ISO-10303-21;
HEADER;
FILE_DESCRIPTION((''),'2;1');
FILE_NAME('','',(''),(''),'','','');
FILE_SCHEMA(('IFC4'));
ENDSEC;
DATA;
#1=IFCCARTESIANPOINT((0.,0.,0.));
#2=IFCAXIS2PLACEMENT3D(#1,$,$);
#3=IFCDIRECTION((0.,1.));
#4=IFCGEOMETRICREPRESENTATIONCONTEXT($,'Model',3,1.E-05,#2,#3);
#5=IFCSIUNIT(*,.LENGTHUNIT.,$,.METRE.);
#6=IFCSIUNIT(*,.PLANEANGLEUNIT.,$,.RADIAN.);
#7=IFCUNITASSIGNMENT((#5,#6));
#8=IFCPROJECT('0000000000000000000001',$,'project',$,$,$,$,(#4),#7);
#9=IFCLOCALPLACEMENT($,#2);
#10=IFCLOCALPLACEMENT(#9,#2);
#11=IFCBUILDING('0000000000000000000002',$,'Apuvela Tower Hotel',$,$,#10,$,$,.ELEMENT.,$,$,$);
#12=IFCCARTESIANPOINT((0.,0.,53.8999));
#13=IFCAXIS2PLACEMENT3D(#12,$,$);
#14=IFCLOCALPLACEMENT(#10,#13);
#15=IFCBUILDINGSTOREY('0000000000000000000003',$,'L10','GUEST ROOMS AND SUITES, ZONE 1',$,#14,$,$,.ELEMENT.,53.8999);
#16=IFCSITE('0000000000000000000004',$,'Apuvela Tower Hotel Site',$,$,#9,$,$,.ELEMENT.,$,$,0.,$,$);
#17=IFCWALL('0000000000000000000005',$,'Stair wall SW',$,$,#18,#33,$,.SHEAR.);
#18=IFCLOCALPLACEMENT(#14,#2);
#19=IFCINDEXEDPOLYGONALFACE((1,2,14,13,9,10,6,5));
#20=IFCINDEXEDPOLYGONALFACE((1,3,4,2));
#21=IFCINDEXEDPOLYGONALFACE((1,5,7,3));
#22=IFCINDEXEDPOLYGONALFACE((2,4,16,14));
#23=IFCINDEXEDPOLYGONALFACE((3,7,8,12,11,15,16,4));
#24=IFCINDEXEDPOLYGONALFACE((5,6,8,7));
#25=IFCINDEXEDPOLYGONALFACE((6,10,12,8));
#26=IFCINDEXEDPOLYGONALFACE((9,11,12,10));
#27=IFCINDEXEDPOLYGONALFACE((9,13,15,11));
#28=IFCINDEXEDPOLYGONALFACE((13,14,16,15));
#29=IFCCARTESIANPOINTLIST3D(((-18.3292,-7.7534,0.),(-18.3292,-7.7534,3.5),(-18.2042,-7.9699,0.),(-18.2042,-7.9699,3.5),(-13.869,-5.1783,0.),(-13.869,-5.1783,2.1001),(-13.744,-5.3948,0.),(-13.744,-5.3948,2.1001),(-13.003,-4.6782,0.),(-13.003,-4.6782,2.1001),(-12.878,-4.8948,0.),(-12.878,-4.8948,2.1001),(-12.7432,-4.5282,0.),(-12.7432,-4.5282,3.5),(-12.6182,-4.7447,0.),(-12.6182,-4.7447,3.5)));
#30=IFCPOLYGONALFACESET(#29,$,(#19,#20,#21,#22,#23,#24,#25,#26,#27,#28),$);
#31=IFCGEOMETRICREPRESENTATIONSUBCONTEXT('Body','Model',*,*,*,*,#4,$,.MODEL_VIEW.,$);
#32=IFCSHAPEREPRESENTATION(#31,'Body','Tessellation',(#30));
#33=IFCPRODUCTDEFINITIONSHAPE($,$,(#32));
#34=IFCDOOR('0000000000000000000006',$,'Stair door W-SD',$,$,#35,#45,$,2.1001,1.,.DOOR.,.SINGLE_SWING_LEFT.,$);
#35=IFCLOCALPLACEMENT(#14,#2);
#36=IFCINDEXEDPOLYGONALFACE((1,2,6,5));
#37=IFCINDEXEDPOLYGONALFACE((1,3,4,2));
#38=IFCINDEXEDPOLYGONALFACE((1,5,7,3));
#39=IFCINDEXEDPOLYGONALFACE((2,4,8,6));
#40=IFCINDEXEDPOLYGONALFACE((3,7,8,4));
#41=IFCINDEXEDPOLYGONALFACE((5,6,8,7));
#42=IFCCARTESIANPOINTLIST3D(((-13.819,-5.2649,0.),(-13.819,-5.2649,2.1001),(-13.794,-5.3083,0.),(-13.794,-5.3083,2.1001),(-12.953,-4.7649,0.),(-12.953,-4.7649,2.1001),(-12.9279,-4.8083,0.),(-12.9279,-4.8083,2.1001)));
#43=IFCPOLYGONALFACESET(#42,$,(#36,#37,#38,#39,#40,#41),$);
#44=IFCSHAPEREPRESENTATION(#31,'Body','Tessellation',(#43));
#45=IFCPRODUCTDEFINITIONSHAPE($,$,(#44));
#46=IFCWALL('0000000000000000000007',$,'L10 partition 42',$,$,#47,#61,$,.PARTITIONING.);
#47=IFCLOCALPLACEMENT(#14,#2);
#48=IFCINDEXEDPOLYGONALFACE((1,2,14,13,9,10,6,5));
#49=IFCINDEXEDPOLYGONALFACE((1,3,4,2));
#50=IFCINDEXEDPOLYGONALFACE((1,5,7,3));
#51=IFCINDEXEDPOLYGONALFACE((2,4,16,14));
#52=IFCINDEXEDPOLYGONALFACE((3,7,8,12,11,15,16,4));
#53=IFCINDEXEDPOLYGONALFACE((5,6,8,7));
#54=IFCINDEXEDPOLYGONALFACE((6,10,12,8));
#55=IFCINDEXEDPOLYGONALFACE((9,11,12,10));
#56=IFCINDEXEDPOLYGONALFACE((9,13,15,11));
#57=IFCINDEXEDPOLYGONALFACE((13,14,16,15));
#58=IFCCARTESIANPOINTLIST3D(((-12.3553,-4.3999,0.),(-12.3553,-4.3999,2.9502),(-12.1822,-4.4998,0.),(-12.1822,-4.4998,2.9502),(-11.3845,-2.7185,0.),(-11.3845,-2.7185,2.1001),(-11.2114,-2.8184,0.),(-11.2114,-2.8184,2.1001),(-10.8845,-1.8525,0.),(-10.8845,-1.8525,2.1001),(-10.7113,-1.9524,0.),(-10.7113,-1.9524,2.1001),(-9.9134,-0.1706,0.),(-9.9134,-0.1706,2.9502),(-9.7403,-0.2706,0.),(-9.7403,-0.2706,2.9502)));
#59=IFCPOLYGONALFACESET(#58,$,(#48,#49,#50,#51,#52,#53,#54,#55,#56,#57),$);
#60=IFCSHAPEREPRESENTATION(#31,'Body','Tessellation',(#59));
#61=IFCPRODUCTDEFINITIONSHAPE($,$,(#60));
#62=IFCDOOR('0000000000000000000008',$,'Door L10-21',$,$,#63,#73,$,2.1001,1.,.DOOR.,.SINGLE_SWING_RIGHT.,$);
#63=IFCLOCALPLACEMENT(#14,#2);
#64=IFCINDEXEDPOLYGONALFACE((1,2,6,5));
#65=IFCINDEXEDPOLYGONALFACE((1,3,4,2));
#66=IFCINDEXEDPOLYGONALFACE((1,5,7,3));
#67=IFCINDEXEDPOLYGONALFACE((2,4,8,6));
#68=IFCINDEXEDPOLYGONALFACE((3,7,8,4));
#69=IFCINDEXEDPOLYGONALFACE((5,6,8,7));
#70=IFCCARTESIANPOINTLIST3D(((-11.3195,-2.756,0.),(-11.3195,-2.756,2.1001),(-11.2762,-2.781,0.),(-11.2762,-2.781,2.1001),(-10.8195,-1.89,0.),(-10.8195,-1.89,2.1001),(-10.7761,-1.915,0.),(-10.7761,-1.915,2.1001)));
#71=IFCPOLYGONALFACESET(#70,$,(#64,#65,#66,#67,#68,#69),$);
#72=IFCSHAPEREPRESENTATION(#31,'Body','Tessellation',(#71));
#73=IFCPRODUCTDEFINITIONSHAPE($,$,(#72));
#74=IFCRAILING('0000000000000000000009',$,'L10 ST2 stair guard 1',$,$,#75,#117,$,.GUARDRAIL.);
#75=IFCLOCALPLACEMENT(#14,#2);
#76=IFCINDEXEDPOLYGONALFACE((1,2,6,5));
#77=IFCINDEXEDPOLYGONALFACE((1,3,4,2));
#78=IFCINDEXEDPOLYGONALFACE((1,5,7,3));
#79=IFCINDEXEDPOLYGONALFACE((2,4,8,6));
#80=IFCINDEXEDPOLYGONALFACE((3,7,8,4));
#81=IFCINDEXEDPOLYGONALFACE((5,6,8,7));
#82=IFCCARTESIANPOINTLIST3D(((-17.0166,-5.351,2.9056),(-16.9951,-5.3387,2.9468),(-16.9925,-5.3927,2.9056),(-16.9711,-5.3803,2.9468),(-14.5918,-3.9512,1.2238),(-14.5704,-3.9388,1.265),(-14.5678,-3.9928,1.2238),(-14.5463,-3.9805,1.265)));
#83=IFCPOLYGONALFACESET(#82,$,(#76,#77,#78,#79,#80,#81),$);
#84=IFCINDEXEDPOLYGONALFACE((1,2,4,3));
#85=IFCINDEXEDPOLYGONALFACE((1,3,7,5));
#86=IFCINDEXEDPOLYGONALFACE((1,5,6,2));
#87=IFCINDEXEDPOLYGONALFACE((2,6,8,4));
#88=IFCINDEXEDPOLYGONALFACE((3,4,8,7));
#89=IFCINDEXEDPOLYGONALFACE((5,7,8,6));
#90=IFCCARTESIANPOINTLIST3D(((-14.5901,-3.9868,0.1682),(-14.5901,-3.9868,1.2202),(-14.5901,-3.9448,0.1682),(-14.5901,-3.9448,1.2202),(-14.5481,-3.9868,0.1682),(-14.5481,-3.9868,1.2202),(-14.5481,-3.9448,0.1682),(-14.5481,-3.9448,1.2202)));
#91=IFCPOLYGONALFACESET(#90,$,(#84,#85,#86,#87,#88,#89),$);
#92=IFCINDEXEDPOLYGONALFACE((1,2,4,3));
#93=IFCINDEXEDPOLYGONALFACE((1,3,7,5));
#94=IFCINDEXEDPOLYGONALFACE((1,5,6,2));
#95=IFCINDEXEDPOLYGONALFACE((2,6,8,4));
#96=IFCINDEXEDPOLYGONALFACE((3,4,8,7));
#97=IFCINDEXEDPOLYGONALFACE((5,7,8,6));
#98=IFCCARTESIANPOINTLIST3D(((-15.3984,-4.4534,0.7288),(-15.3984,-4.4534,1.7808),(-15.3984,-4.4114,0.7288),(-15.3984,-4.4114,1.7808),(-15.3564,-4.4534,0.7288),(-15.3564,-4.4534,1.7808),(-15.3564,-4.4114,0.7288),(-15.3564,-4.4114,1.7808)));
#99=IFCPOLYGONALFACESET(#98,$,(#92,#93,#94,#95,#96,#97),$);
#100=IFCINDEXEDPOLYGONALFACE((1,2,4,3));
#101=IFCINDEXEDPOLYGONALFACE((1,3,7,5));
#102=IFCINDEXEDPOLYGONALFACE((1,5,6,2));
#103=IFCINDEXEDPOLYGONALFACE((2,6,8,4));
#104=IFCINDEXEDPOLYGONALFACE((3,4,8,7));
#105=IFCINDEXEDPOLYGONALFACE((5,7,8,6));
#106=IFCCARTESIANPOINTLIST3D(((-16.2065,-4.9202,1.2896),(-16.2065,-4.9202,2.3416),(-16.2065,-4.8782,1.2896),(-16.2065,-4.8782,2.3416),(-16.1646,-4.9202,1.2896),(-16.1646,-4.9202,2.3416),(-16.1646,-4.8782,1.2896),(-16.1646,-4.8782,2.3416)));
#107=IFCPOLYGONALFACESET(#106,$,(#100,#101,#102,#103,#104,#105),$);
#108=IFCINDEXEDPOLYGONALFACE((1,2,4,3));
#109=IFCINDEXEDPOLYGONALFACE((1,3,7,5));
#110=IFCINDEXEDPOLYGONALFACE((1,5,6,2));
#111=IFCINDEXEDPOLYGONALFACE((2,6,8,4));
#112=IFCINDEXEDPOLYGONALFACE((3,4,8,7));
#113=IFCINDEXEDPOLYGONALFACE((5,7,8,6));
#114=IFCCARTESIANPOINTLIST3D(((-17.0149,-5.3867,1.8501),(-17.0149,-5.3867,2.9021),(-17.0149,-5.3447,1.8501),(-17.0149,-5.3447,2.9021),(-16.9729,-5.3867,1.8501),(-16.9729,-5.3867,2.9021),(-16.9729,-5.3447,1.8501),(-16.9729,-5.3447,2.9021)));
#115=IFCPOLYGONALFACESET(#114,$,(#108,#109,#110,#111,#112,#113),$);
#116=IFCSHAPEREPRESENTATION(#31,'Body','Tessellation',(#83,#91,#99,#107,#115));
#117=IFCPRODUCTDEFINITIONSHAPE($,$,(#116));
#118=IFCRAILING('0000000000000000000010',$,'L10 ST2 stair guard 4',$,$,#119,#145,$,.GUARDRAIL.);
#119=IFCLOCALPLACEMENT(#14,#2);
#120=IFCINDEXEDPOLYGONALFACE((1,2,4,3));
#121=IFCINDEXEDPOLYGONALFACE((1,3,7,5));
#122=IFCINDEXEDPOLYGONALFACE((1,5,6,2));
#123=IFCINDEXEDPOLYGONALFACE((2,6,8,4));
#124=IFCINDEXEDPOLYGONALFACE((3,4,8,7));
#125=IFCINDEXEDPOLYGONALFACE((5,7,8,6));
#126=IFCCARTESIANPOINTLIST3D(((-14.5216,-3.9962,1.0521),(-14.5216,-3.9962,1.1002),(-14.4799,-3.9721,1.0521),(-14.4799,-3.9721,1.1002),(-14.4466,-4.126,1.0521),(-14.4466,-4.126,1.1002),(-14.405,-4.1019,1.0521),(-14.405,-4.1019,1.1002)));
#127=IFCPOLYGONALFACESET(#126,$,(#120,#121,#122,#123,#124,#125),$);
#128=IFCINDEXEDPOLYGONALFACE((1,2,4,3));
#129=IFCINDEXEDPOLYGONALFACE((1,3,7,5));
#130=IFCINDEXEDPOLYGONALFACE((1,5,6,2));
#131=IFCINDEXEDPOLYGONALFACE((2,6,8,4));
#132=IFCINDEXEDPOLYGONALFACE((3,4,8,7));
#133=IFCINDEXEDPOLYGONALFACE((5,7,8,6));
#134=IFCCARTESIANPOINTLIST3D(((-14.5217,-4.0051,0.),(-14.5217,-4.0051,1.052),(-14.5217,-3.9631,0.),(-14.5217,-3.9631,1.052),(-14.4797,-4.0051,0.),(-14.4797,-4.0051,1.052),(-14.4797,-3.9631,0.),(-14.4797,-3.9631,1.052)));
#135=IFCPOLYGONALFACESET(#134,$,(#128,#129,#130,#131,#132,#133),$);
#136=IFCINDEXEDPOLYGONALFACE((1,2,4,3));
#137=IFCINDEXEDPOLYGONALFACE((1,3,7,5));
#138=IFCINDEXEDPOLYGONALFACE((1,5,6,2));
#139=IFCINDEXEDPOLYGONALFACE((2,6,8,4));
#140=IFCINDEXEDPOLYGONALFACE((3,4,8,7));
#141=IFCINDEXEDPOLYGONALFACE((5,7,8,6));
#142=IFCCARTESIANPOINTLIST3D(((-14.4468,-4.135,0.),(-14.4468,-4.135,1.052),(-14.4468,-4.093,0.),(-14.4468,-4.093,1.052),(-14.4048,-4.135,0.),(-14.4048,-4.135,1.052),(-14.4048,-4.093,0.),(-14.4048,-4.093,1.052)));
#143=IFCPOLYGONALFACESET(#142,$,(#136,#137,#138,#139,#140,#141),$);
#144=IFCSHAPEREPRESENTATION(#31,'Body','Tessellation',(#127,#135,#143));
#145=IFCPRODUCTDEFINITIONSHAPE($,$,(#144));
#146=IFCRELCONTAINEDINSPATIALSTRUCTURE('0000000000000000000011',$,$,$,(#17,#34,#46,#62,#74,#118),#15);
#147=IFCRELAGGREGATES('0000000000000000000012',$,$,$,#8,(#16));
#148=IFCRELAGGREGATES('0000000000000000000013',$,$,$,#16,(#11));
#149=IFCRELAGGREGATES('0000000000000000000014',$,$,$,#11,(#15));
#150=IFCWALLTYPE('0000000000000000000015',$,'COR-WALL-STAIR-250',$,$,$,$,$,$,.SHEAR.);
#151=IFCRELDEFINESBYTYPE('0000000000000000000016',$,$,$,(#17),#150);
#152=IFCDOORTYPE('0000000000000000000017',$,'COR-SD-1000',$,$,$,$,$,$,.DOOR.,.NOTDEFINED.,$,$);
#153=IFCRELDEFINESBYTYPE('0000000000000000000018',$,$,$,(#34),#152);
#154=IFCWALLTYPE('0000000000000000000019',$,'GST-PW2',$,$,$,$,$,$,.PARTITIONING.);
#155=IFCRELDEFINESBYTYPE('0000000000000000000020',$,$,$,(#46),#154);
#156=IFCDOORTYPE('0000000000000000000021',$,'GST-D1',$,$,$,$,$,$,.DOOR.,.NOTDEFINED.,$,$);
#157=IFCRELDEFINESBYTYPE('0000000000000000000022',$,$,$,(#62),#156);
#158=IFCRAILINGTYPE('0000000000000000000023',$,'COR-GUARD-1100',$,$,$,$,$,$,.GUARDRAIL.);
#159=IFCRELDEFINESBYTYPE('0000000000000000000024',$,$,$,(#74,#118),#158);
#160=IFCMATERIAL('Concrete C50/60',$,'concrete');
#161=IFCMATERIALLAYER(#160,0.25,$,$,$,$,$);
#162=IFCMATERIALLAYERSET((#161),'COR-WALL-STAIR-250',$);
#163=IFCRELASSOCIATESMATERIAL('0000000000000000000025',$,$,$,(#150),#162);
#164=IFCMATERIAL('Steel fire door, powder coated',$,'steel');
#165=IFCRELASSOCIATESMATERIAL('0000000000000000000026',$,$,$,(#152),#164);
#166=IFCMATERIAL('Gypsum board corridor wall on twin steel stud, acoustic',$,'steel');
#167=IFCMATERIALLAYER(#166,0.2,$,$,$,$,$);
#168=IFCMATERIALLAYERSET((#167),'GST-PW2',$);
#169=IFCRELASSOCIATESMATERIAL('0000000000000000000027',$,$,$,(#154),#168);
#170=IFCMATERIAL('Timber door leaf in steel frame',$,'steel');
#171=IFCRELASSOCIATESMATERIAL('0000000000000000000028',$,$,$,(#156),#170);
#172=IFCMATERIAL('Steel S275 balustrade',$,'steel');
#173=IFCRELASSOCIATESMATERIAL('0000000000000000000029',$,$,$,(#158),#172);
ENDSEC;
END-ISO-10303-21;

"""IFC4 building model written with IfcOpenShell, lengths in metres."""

from ifc_helpers import new_model, si_unit, direction, frame, frame_2d, origin, origin_2d, place, context, subcontext, project, spatial, rectangle, extrude, material, layer, layer_set, type_object, element, fill, save


model = new_model("IFC4")

# Units and contexts
model_context = context("Model", 3, precision=1e-05, world=origin(), true_north=direction((0.0, 1.0)))
body_context = subcontext(model_context, "Body", "Model", "MODEL_VIEW")
ifc_project = project(units=[si_unit("LENGTHUNIT", "METRE"), si_unit("PLANEANGLEUNIT", "RADIAN")], contexts=[model_context])

# Site, building, storey
site_placement = place(None, origin())
site = spatial("IfcSite", under=ifc_project, at=site_placement, Name="Apuvela Tower Hotel Site", CompositionType="ELEMENT", RefElevation=0.0)
building_placement = place(site_placement, origin())
building = spatial("IfcBuilding", under=site, at=building_placement, Name="Apuvela Tower Hotel", CompositionType="ELEMENT")
storey_placement = place(building_placement, frame((0.0, 0.0, 53.8999)))
storey = spatial("IfcBuildingStorey", under=building, at=storey_placement, Name="L10", Description="GUEST ROOMS AND SUITES, ZONE 1", CompositionType="ELEMENT", Elevation=53.8999)

# Shared definitions
ifc_material_1 = material(Name="Concrete C50/60", Category="concrete")
ifc_material_2 = material(Name="Steel fire door, powder coated", Category="steel")

# Walls, openings, doors
ifc_layer_1 = layer(ifc_material_1, 0.25)
ifc_layer_set_1 = layer_set([ifc_layer_1], Name="COR-WALL-STAIR-250")
wall_type_1 = type_object("IfcWallType", Name="COR-WALL-STAIR-250", PredefinedType="SHEAR", material=ifc_layer_set_1)
wall_1_placement = place(storey_placement, frame((-12.6807, -4.6365, 0.0), z_axis=(0.0, 0.0, 1.0), x_axis=(-0.866022, -0.500006, 0.0)))
wall_1 = element("IfcWall", 1, at=wall_1_placement, inside=storey, type_object=wall_type_1, Name="Stair wall SW", PredefinedType="SHEAR", context=body_context, shape_type="SweptSolid", body=[
    extrude(rectangle(XDim=6.4502, YDim=0.25, at=frame_2d((3.2251, 0.0))), origin(), (0.0, 0.0, 1.0), 3.5),
])
opening_1_placement = place(wall_1_placement, frame((0.3, 0.0, 0.0)))
opening_1 = element("IfcOpeningElement", 2, at=opening_1_placement, cuts=wall_1, PredefinedType="OPENING", context=body_context, shape_type="SweptSolid", body=[
    extrude(rectangle(XDim=1.0, YDim=2.1001, at=frame_2d((0.5, 1.05))), frame((0.0, 0.135, 0.0), z_axis=(0.0, -1.0, 0.0), x_axis=(1.0, 0.0, 0.0)), (0.0, 0.0, 1.0), 0.27),
])
door_type_1 = type_object("IfcDoorType", Name="COR-SD-1000", OperationType="NOTDEFINED", PredefinedType="DOOR", material=ifc_material_2)
door_1_placement = place(opening_1_placement, frame((1.0, 0.0, 0.0), z_axis=(0.0, 0.0, 1.0), x_axis=(-1.0, 0.0, 0.0)))
door_1 = element("IfcDoor", 3, at=door_1_placement, inside=storey, type_object=door_type_1, Name="Stair door W-SD", OperationType="SINGLE_SWING_LEFT", OverallHeight=2.1001, OverallWidth=1.0, PredefinedType="DOOR", context=body_context, shape_type="SweptSolid", body=[
    extrude(rectangle(XDim=1.0, YDim=2.1001, at=frame_2d((0.5, 1.05))), frame((0.0, 0.0249, 0.0), z_axis=(0.0, -1.0, 0.0), x_axis=(1.0, 0.0, 0.0)), (0.0, 0.0, 1.0), 0.05),
])
fill(opening_1, door_1)
ifc_material_3 = material(Name="Gypsum board corridor wall on twin steel stud, acoustic", Category="steel")
ifc_layer_2 = layer(ifc_material_3, 0.2)
ifc_layer_set_2 = layer_set([ifc_layer_2], Name="GST-PW2")
wall_type_2 = type_object("IfcWallType", Name="GST-PW2", PredefinedType="PARTITIONING", material=ifc_layer_set_2)
wall_2_placement = place(storey_placement, frame((-12.2688, -4.45, 0.0), z_axis=(0.0, 0.0, 1.0), x_axis=(0.500021, 0.866013, 0.0)))
wall_2 = element("IfcWall", 4, at=wall_2_placement, inside=storey, type_object=wall_type_2, Name="L10 partition 42", PredefinedType="PARTITIONING", context=body_context, shape_type="SweptSolid", body=[
    extrude(rectangle(XDim=4.8835, YDim=0.2, at=frame_2d((2.4419, 0.0))), origin(), (0.0, 0.0, 1.0), 2.9502),
])
opening_2_placement = place(wall_2_placement, frame((1.9417, 0.0, 0.0)))
opening_2 = element("IfcOpeningElement", 5, at=opening_2_placement, cuts=wall_2, PredefinedType="OPENING", context=body_context, shape_type="SweptSolid", body=[
    extrude(rectangle(XDim=1.0, YDim=2.1001, at=frame_2d((0.5, 1.05))), frame((0.0, 0.1099, 0.0), z_axis=(0.0, -1.0, 0.0), x_axis=(1.0, 0.0, 0.0)), (0.0, 0.0, 1.0), 0.22),
])
ifc_material_4 = material(Name="Timber door leaf in steel frame", Category="steel")
door_type_2 = type_object("IfcDoorType", Name="GST-D1", OperationType="NOTDEFINED", PredefinedType="DOOR", material=ifc_material_4)
door_2_placement = place(opening_2_placement, origin())
door_2 = element("IfcDoor", 6, at=door_2_placement, inside=storey, type_object=door_type_2, Name="Door L10-21", OperationType="SINGLE_SWING_RIGHT", OverallHeight=2.1001, OverallWidth=1.0, PredefinedType="DOOR", context=body_context, shape_type="SweptSolid", body=[
    extrude(rectangle(XDim=1.0, YDim=2.1001, at=frame_2d((0.5, 1.05))), frame((0.0, 0.0249, 0.0), z_axis=(0.0, -1.0, 0.0), x_axis=(1.0, 0.0, 0.0)), (0.0, 0.0, 1.0), 0.05),
])
fill(opening_2, door_2)

# Railings
ifc_material_5 = material(Name="Steel S275 balustrade", Category="steel")
railing_type = type_object("IfcRailingType", Name="COR-GUARD-1100", PredefinedType="GUARDRAIL", material=ifc_material_5)
railing_1_placement = place(storey_placement, frame((-14.5691, -3.9658, 0.1682)))
element("IfcRailing", 7, at=railing_1_placement, inside=storey, type_object=railing_type, Name="L10 ST2 stair guard 1", PredefinedType="GUARDRAIL", context=body_context, shape_type="SweptSolid", body=[
    extrude(rectangle(XDim=0.0481, YDim=0.0481, at=origin_2d()), frame((0.0, 0.0, 1.0762), z_axis=(-0.74239, -0.428601, 0.514934), x_axis=(0.499984, -0.866035, 0.0)), (0.0, 0.0, 1.0), 3.2661),
    extrude(rectangle(XDim=0.042, YDim=0.042, at=origin_2d()), origin(), (0.0, 0.0, 1.0), 1.052),
    extrude(rectangle(XDim=0.042, YDim=0.042, at=origin_2d()), frame((-0.8083, -0.4666, 0.5605)), (0.0, 0.0, 1.0), 1.052),
    extrude(rectangle(XDim=0.042, YDim=0.042, at=origin_2d()), frame((-1.6165, -0.9333, 1.1213)), (0.0, 0.0, 1.0), 1.052),
    extrude(rectangle(XDim=0.042, YDim=0.042, at=origin_2d()), frame((-2.4248, -1.3999, 1.6819)), (0.0, 0.0, 1.0), 1.052),
])
railing_2_placement = place(storey_placement, frame((-14.5007, -3.9841, 0.0)))
element("IfcRailing", 8, at=railing_2_placement, inside=storey, type_object=railing_type, Name="L10 ST2 stair guard 4", PredefinedType="GUARDRAIL", context=body_context, shape_type="SweptSolid", body=[
    extrude(rectangle(XDim=0.0481, YDim=0.0481, at=origin_2d()), frame((0.0, 0.0, 1.0762), z_axis=(0.499816, -0.866131, 0.0), x_axis=(0.866131, 0.499816, 0.0)), (0.0, 0.0, 1.0), 0.1499),
    extrude(rectangle(XDim=0.042, YDim=0.042, at=origin_2d()), origin(), (0.0, 0.0, 1.0), 1.052),
    extrude(rectangle(XDim=0.042, YDim=0.042, at=origin_2d()), frame((0.075, -0.1299, 0.0)), (0.0, 0.0, 1.0), 1.052),
])

save(model, "model.ifc")
